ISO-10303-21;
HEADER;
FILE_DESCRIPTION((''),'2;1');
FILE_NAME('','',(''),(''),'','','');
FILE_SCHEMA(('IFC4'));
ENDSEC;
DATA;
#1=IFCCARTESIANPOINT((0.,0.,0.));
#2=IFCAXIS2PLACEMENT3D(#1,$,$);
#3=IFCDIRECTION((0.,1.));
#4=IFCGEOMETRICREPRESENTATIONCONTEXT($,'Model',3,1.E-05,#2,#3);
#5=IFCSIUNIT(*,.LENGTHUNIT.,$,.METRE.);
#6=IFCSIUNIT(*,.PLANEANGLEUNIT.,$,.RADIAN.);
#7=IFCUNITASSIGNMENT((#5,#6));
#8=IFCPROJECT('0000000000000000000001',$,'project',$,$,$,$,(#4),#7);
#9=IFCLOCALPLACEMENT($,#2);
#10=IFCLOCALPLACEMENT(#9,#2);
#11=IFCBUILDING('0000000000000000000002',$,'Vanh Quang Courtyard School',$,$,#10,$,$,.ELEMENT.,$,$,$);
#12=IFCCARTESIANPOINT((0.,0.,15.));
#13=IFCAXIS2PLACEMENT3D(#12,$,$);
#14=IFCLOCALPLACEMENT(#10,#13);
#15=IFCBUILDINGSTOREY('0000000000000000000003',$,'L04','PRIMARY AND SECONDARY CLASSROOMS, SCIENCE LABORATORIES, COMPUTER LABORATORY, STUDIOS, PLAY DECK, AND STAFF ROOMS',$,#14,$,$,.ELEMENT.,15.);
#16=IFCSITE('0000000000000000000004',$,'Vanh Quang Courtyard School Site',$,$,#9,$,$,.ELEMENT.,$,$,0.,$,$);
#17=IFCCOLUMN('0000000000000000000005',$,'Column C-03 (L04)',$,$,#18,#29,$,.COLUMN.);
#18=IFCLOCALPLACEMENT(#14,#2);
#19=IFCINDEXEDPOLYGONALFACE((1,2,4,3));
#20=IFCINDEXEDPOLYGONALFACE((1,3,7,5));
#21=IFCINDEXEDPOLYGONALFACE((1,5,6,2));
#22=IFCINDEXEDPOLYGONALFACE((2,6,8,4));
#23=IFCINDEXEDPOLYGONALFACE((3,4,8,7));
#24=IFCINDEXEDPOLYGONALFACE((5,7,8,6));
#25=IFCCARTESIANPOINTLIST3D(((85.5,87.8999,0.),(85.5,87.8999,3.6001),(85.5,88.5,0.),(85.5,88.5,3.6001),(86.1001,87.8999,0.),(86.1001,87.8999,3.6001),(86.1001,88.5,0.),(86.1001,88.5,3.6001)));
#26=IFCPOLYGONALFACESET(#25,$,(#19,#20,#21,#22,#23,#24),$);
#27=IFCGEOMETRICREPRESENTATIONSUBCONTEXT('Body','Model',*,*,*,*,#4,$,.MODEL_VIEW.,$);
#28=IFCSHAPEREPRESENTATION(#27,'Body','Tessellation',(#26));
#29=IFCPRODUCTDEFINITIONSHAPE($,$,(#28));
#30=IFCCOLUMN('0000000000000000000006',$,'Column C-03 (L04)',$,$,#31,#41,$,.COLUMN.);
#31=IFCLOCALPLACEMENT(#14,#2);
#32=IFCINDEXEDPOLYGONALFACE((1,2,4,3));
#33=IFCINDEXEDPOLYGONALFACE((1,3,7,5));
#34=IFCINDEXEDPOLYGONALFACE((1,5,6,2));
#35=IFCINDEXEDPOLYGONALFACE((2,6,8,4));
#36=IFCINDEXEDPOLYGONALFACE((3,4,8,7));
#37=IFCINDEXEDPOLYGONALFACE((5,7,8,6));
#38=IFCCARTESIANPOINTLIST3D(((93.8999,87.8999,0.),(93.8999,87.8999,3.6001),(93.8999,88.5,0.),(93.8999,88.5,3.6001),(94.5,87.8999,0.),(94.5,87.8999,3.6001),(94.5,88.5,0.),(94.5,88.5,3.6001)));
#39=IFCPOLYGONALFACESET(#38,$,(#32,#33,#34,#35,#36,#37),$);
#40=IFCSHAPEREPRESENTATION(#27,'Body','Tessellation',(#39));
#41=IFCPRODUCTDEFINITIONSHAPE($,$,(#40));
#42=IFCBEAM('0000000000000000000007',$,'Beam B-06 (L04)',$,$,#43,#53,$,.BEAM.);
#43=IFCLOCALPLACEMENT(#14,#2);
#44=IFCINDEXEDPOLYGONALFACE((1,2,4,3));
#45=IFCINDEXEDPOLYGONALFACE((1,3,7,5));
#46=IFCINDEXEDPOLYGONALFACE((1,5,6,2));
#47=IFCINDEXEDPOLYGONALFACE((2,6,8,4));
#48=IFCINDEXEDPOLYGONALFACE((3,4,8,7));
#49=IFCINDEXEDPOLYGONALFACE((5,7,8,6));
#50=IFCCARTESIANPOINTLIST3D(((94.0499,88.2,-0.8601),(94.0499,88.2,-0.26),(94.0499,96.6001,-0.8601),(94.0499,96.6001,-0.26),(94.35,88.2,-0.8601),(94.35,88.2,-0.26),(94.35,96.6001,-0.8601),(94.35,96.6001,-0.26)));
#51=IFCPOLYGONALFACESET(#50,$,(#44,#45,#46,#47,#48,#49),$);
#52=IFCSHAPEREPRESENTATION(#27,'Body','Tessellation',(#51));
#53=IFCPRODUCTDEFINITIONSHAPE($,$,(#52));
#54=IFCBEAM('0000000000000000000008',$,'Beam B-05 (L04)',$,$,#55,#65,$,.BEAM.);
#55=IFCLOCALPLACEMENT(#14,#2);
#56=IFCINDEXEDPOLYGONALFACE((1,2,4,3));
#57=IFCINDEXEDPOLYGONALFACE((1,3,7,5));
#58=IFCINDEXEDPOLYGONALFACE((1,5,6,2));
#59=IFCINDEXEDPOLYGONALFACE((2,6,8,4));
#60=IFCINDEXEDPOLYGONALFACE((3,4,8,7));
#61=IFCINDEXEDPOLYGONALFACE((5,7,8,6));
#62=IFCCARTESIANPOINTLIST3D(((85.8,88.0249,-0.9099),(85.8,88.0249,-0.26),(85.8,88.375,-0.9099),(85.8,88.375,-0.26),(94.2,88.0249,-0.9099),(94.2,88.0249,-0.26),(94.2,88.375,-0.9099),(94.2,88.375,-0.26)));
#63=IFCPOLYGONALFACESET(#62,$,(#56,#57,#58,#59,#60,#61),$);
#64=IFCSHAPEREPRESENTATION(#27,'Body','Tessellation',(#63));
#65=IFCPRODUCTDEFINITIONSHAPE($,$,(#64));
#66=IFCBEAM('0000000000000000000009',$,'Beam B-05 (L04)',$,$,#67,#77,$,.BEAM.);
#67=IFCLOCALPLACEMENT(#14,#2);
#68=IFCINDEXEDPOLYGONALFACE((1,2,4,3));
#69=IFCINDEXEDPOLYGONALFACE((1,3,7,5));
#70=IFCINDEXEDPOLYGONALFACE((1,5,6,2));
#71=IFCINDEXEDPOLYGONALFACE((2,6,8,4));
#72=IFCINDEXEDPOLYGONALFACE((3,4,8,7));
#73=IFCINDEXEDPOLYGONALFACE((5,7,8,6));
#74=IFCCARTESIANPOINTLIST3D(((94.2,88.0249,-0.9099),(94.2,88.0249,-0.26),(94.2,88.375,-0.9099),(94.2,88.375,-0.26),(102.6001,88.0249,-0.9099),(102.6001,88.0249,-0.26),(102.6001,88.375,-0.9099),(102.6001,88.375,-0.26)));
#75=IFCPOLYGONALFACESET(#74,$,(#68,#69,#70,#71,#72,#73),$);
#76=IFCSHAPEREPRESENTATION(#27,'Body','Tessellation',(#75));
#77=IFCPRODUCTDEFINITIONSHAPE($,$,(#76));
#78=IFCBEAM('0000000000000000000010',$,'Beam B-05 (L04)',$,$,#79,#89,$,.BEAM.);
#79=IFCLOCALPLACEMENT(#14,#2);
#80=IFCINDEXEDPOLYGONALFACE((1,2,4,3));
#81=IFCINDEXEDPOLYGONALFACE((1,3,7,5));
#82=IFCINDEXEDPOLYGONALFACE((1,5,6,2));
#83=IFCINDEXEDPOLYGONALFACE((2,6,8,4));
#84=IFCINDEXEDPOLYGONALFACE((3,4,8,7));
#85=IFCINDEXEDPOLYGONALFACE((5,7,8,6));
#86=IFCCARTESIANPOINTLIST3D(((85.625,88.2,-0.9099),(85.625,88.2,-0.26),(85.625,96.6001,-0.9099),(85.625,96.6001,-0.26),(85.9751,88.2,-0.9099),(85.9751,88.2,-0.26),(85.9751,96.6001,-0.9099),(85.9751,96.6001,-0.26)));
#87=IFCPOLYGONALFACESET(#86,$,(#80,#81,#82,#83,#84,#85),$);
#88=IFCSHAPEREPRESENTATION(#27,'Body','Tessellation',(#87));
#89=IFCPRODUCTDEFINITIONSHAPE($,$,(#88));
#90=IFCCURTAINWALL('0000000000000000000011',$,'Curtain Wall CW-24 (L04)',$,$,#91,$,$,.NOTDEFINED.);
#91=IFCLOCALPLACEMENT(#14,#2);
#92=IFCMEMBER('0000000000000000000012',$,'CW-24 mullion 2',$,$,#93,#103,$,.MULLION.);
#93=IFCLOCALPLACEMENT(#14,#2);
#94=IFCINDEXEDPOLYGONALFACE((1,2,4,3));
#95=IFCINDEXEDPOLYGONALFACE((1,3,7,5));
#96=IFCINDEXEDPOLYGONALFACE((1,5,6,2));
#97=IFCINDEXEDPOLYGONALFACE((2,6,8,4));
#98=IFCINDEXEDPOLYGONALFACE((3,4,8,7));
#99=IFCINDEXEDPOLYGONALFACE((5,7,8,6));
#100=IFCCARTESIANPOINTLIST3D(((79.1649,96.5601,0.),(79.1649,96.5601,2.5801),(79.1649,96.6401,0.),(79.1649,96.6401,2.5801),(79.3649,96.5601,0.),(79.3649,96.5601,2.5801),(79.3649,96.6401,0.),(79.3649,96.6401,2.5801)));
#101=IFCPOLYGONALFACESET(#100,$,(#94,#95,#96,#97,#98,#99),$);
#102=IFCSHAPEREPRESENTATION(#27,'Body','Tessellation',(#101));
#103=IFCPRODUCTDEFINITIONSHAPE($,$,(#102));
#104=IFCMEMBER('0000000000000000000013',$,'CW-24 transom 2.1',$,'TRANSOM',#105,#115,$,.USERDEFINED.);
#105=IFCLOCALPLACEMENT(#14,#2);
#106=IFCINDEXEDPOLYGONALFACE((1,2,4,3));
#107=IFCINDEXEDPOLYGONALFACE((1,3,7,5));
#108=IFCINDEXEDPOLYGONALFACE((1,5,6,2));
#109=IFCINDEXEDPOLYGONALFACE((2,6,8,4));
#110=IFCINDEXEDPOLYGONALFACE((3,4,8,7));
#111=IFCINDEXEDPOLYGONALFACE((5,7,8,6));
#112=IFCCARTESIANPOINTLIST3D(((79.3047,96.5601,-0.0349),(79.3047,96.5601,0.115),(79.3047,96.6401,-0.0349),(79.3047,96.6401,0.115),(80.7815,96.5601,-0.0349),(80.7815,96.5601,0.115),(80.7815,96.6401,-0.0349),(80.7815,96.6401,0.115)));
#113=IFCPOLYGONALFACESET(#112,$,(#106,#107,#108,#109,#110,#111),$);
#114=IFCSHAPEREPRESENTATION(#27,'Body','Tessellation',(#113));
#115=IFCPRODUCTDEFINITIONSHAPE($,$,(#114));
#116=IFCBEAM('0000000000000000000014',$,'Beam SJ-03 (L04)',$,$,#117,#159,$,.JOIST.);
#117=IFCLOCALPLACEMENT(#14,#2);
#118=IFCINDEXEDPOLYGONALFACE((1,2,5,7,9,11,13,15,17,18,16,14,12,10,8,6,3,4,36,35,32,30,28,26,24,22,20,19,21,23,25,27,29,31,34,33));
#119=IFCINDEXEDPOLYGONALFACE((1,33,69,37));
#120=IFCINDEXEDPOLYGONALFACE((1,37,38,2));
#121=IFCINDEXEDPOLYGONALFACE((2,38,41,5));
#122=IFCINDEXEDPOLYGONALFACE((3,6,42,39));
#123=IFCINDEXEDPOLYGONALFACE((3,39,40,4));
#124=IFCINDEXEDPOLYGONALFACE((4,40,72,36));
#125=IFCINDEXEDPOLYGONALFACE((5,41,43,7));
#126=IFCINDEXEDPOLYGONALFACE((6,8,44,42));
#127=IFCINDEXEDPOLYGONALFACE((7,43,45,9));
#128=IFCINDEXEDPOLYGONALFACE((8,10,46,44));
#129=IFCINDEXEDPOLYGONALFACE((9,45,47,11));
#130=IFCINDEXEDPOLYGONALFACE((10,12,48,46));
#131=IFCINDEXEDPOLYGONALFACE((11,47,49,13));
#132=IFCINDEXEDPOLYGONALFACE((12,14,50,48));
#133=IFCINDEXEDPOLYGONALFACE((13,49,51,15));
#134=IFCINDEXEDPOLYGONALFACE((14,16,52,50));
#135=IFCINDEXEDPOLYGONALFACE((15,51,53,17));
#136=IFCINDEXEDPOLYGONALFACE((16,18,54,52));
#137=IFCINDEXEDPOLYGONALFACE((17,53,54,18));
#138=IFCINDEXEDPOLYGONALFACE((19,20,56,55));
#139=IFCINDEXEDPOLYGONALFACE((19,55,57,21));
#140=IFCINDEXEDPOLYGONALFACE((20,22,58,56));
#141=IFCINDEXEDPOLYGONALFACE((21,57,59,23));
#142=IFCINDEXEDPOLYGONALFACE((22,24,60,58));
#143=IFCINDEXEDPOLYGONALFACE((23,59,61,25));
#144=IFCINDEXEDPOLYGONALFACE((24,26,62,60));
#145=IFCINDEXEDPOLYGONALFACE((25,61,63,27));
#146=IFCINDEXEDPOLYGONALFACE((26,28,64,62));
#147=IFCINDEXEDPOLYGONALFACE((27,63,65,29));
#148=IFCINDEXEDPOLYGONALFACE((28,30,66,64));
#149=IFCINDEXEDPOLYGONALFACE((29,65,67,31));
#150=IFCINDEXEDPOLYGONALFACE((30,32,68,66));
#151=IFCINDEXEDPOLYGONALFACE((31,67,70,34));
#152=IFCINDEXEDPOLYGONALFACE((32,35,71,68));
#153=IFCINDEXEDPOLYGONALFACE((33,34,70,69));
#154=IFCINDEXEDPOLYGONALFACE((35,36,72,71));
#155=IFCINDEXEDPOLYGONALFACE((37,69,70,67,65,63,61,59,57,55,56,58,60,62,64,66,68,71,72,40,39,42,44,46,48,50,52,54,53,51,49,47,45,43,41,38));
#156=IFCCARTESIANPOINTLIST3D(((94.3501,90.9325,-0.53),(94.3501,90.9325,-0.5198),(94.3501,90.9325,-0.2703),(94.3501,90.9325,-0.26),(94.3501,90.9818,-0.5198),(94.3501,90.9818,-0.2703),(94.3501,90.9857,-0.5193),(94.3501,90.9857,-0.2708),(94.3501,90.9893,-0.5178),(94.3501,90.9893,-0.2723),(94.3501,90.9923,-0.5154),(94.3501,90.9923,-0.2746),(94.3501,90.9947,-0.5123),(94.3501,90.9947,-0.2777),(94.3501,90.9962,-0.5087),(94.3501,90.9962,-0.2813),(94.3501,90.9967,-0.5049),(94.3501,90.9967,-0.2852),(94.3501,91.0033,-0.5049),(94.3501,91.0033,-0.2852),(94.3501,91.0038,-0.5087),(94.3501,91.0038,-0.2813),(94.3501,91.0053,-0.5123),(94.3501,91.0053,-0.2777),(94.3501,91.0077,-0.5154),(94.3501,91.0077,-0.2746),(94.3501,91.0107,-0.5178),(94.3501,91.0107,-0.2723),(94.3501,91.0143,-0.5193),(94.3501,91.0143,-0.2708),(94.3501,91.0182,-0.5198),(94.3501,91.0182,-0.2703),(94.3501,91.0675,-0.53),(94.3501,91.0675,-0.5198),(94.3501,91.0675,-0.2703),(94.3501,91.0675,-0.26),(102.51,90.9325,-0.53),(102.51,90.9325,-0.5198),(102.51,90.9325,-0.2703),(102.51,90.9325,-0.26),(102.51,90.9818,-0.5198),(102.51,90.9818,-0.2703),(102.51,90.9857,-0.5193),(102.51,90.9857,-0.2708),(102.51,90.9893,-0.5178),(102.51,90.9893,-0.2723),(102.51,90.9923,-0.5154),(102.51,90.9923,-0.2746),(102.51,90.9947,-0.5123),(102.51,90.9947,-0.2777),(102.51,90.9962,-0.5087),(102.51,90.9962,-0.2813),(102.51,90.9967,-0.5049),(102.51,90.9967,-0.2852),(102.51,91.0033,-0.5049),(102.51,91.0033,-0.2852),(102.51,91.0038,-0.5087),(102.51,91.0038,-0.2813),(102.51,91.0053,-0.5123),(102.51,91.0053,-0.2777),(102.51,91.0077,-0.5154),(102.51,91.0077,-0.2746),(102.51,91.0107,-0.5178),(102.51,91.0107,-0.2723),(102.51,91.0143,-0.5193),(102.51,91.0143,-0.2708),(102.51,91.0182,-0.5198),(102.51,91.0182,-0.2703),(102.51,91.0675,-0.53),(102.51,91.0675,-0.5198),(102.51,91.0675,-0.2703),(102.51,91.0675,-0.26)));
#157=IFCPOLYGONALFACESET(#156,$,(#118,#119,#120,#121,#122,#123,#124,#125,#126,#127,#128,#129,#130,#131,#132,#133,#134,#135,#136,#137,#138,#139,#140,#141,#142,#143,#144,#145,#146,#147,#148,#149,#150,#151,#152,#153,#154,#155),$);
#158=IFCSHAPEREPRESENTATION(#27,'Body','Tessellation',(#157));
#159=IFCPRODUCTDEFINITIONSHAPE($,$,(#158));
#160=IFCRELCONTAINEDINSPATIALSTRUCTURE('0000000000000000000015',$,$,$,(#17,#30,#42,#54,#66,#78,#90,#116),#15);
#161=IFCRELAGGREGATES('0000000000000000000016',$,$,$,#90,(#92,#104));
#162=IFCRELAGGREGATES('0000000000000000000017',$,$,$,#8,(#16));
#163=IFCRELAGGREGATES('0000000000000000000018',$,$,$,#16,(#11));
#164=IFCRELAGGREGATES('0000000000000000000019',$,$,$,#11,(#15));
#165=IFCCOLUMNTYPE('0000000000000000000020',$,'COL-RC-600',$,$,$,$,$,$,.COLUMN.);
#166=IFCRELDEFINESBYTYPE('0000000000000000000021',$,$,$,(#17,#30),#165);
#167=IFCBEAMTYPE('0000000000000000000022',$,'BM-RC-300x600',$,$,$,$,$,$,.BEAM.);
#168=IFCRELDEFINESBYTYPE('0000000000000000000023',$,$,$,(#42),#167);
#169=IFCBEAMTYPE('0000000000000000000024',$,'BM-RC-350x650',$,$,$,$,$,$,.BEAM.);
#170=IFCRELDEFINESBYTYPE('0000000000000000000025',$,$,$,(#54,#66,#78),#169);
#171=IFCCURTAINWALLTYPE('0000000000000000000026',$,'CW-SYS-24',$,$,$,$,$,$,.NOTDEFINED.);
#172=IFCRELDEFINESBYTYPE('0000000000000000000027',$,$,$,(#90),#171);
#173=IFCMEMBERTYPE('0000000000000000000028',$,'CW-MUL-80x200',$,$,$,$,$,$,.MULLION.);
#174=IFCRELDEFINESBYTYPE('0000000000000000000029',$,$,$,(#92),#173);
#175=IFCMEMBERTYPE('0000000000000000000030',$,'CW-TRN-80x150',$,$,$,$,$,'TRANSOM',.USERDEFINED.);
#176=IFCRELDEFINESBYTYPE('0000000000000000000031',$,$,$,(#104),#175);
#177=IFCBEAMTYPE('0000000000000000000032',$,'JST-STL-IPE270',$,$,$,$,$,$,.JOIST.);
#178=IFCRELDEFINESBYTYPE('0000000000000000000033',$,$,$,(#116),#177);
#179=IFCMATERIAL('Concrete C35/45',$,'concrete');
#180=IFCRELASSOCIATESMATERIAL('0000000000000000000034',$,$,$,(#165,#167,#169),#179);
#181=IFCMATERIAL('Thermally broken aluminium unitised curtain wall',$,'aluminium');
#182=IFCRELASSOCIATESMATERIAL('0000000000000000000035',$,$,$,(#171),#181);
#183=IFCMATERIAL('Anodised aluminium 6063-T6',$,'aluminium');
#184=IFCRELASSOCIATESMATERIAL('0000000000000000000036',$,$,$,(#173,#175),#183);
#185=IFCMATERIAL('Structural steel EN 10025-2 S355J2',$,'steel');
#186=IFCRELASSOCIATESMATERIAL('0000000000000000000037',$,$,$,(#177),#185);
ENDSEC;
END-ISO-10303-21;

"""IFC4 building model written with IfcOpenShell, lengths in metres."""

from ifc_helpers import new_model, si_unit, direction, frame, origin, origin_2d, place, context, subcontext, project, spatial, rectangle, i_section, extrude, material, material_profile, profile_set, type_object, element, aggregate, save


model = new_model("IFC4")

# Units and contexts
model_context = context("Model", 3, precision=1e-05, world=origin(), true_north=direction((0.0, 1.0)))
body_context = subcontext(model_context, "Body", "Model", "MODEL_VIEW")
ifc_project = project(units=[si_unit("LENGTHUNIT", "METRE"), si_unit("PLANEANGLEUNIT", "RADIAN")], contexts=[model_context])

# Site, building, storey
site_placement = place(None, origin())
site = spatial("IfcSite", under=ifc_project, at=site_placement, Name="Vanh Quang Courtyard School Site", CompositionType="ELEMENT", RefElevation=0.0)
building_placement = place(site_placement, origin())
building = spatial("IfcBuilding", under=site, at=building_placement, Name="Vanh Quang Courtyard School", CompositionType="ELEMENT")
storey_placement = place(building_placement, frame((0.0, 0.0, 15.0)))
storey = spatial("IfcBuildingStorey", under=building, at=storey_placement, Name="L04", Description="PRIMARY AND SECONDARY CLASSROOMS, SCIENCE LABORATORIES, COMPUTER LABORATORY, STUDIOS, PLAY DECK, AND STAFF ROOMS", CompositionType="ELEMENT", Elevation=15.0)

# Columns
ifc_material_1 = material(Name="Concrete C35/45", Category="concrete")
ifc_material_profile_1 = material_profile(ifc_material_1, rectangle(XDim=0.6001, YDim=0.6001, at=origin_2d()), Name="RC-COL 600x600")
ifc_profile_set_1 = profile_set([ifc_material_profile_1], Name="Concrete C35/45")
column_type = type_object("IfcColumnType", Name="COL-RC-600", PredefinedType="COLUMN", material=ifc_profile_set_1)
for number, where, z_axis, x_axis, name in (
    (1, (85.8, 88.2, 0.0), (0.0, 0.0, 1.0), (1.0, 0.0, 0.0), "Column C-03 (L04)"),
    (2, (94.2, 88.2, 0.0), (0.0, 0.0, 1.0), (1.0, 0.0, 0.0), "Column C-03 (L04)"),
):
    element("IfcColumn", number, at=place(storey_placement, frame(where, z_axis=z_axis, x_axis=x_axis)), inside=storey, type_object=column_type, Name=name, PredefinedType="COLUMN", context=body_context, shape_type="SweptSolid", body=[
        extrude(rectangle(XDim=0.6001, YDim=0.6001, at=origin_2d()), origin(), (0.0, 0.0, 1.0), 3.6001),
    ])

# Beams
ifc_material_profile_2 = material_profile(ifc_material_1, rectangle(XDim=0.3, YDim=0.6001, at=origin_2d()), Name="RC-BM 300x600")
ifc_profile_set_2 = profile_set([ifc_material_profile_2], Name="Concrete C35/45")
beam_type_1 = type_object("IfcBeamType", Name="BM-RC-300x600", PredefinedType="BEAM", material=ifc_profile_set_2)
beam_1_placement = place(storey_placement, frame((94.2, 88.2, -0.5601), z_axis=(0.0, 1.0, 0.0), x_axis=(-1.0, 0.0, 0.0)))
element("IfcBeam", 3, at=beam_1_placement, inside=storey, type_object=beam_type_1, Name="Beam B-06 (L04)", PredefinedType="BEAM", context=body_context, shape_type="SweptSolid", body=[
    extrude(rectangle(XDim=0.3, YDim=0.6001, at=origin_2d()), origin(), (0.0, 0.0, 1.0), 8.4001),
])
ifc_material_profile_3 = material_profile(ifc_material_1, rectangle(XDim=0.3501, YDim=0.6499, at=origin_2d()), Name="RC-BM 350x650")
ifc_profile_set_3 = profile_set([ifc_material_profile_3], Name="Concrete C35/45")
beam_type_2 = type_object("IfcBeamType", Name="BM-RC-350x650", PredefinedType="BEAM", material=ifc_profile_set_3)
beam_2_placement = place(storey_placement, frame((85.8, 88.2, -0.585), z_axis=(1.0, 0.0, 0.0), x_axis=(0.0, 1.0, 0.0)))
element("IfcBeam", 4, at=beam_2_placement, inside=storey, type_object=beam_type_2, Name="Beam B-05 (L04)", PredefinedType="BEAM", context=body_context, shape_type="SweptSolid", body=[
    extrude(rectangle(XDim=0.3501, YDim=0.6499, at=origin_2d()), origin(), (0.0, 0.0, 1.0), 8.3999),
])
for number, where, z_axis, x_axis, name in (
    (5, (94.2, 88.2, -0.585), (1.0, 0.0, 0.0), (0.0, 1.0, 0.0), "Beam B-05 (L04)"),
    (6, (85.8, 88.2, -0.585), (0.0, 1.0, 0.0), (-1.0, 0.0, 0.0), "Beam B-05 (L04)"),
):
    element("IfcBeam", number, at=place(storey_placement, frame(where, z_axis=z_axis, x_axis=x_axis)), inside=storey, type_object=beam_type_2, Name=name, PredefinedType="BEAM", context=body_context, shape_type="SweptSolid", body=[
        extrude(rectangle(XDim=0.3501, YDim=0.6499, at=origin_2d()), origin(), (0.0, 0.0, 1.0), 8.4001),
    ])

# Curtain wall, members
ifc_material_2 = material(Name="Thermally broken aluminium unitised curtain wall", Category="aluminium")
curtain_wall_type = type_object("IfcCurtainWallType", Name="CW-SYS-24", PredefinedType="NOTDEFINED", material=ifc_material_2)
curtain_wall_placement = place(storey_placement, origin())
curtain_wall = element("IfcCurtainWall", 7, at=curtain_wall_placement, inside=storey, type_object=curtain_wall_type, Name="Curtain Wall CW-24 (L04)", PredefinedType="NOTDEFINED")
ifc_material_3 = material(Name="Anodised aluminium 6063-T6", Category="aluminium")
ifc_material_profile_4 = material_profile(ifc_material_3, rectangle(XDim=0.0801, YDim=0.2, at=origin_2d()), Name="ALU-MUL 80x200")
ifc_profile_set_4 = profile_set([ifc_material_profile_4], Name="Anodised aluminium 6063-T6")
member_type_1 = type_object("IfcMemberType", Name="CW-MUL-80x200", PredefinedType="MULLION", material=ifc_profile_set_4)
member_1_placement = place(storey_placement, frame((79.2649, 96.6001, 0.0), z_axis=(0.0, 0.0, 1.0), x_axis=(0.0, 1.0, 0.0)))
member_1 = element("IfcMember", 8, at=member_1_placement, type_object=member_type_1, Name="CW-24 mullion 2", PredefinedType="MULLION", context=body_context, shape_type="SweptSolid", body=[
    extrude(rectangle(XDim=0.0801, YDim=0.2, at=origin_2d()), origin(), (0.0, 0.0, 1.0), 2.5801),
])
ifc_material_profile_5 = material_profile(ifc_material_3, rectangle(XDim=0.0801, YDim=0.1499, at=origin_2d()), Name="ALU-TRN 80x150")
ifc_profile_set_5 = profile_set([ifc_material_profile_5], Name="Anodised aluminium 6063-T6")
member_type_2 = type_object("IfcMemberType", Name="CW-TRN-80x150", ElementType="TRANSOM", PredefinedType="USERDEFINED", material=ifc_profile_set_5)
member_2_placement = place(storey_placement, frame((79.3047, 96.6001, 0.04), z_axis=(1.0, 0.0, 0.0), x_axis=(0.0, 1.0, 0.0)))
member_2 = element("IfcMember", 9, at=member_2_placement, type_object=member_type_2, Name="CW-24 transom 2.1", ObjectType="TRANSOM", PredefinedType="USERDEFINED", context=body_context, shape_type="SweptSolid", body=[
    extrude(rectangle(XDim=0.0801, YDim=0.1499, at=origin_2d()), origin(), (0.0, 0.0, 1.0), 1.4768),
])
aggregate(curtain_wall, [member_1, member_2])

# Beam
ifc_material_4 = material(Name="Structural steel EN 10025-2 S355J2", Category="steel")
ifc_material_profile_6 = material_profile(ifc_material_4, i_section(OverallWidth=0.135, OverallDepth=0.27, WebThickness=0.0066, FlangeThickness=0.0103, FilletRadius=0.0149, at=origin_2d()), Name="IPE 270")
ifc_profile_set_6 = profile_set([ifc_material_profile_6], Name="Structural steel EN 10025-2 S355J2")
beam_type_3 = type_object("IfcBeamType", Name="JST-STL-IPE270", PredefinedType="JOIST", material=ifc_profile_set_6)
for number, where, z_axis, x_axis, name in (
    (10, (94.3501, 91.0, -0.395), (1.0, 0.0, 0.0), (0.0, 1.0, 0.0), "Beam SJ-03 (L04)"),
):
    element("IfcBeam", number, at=place(storey_placement, frame(where, z_axis=z_axis, x_axis=x_axis)), inside=storey, type_object=beam_type_3, Name=name, PredefinedType="JOIST", context=body_context, shape_type="SweptSolid", body=[
        extrude(i_section(OverallWidth=0.135, OverallDepth=0.27, WebThickness=0.0066, FlangeThickness=0.0103, FilletRadius=0.0149, at=origin_2d()), origin(), (0.0, 0.0, 1.0), 8.1599),
    ])

save(model, "model.ifc")
